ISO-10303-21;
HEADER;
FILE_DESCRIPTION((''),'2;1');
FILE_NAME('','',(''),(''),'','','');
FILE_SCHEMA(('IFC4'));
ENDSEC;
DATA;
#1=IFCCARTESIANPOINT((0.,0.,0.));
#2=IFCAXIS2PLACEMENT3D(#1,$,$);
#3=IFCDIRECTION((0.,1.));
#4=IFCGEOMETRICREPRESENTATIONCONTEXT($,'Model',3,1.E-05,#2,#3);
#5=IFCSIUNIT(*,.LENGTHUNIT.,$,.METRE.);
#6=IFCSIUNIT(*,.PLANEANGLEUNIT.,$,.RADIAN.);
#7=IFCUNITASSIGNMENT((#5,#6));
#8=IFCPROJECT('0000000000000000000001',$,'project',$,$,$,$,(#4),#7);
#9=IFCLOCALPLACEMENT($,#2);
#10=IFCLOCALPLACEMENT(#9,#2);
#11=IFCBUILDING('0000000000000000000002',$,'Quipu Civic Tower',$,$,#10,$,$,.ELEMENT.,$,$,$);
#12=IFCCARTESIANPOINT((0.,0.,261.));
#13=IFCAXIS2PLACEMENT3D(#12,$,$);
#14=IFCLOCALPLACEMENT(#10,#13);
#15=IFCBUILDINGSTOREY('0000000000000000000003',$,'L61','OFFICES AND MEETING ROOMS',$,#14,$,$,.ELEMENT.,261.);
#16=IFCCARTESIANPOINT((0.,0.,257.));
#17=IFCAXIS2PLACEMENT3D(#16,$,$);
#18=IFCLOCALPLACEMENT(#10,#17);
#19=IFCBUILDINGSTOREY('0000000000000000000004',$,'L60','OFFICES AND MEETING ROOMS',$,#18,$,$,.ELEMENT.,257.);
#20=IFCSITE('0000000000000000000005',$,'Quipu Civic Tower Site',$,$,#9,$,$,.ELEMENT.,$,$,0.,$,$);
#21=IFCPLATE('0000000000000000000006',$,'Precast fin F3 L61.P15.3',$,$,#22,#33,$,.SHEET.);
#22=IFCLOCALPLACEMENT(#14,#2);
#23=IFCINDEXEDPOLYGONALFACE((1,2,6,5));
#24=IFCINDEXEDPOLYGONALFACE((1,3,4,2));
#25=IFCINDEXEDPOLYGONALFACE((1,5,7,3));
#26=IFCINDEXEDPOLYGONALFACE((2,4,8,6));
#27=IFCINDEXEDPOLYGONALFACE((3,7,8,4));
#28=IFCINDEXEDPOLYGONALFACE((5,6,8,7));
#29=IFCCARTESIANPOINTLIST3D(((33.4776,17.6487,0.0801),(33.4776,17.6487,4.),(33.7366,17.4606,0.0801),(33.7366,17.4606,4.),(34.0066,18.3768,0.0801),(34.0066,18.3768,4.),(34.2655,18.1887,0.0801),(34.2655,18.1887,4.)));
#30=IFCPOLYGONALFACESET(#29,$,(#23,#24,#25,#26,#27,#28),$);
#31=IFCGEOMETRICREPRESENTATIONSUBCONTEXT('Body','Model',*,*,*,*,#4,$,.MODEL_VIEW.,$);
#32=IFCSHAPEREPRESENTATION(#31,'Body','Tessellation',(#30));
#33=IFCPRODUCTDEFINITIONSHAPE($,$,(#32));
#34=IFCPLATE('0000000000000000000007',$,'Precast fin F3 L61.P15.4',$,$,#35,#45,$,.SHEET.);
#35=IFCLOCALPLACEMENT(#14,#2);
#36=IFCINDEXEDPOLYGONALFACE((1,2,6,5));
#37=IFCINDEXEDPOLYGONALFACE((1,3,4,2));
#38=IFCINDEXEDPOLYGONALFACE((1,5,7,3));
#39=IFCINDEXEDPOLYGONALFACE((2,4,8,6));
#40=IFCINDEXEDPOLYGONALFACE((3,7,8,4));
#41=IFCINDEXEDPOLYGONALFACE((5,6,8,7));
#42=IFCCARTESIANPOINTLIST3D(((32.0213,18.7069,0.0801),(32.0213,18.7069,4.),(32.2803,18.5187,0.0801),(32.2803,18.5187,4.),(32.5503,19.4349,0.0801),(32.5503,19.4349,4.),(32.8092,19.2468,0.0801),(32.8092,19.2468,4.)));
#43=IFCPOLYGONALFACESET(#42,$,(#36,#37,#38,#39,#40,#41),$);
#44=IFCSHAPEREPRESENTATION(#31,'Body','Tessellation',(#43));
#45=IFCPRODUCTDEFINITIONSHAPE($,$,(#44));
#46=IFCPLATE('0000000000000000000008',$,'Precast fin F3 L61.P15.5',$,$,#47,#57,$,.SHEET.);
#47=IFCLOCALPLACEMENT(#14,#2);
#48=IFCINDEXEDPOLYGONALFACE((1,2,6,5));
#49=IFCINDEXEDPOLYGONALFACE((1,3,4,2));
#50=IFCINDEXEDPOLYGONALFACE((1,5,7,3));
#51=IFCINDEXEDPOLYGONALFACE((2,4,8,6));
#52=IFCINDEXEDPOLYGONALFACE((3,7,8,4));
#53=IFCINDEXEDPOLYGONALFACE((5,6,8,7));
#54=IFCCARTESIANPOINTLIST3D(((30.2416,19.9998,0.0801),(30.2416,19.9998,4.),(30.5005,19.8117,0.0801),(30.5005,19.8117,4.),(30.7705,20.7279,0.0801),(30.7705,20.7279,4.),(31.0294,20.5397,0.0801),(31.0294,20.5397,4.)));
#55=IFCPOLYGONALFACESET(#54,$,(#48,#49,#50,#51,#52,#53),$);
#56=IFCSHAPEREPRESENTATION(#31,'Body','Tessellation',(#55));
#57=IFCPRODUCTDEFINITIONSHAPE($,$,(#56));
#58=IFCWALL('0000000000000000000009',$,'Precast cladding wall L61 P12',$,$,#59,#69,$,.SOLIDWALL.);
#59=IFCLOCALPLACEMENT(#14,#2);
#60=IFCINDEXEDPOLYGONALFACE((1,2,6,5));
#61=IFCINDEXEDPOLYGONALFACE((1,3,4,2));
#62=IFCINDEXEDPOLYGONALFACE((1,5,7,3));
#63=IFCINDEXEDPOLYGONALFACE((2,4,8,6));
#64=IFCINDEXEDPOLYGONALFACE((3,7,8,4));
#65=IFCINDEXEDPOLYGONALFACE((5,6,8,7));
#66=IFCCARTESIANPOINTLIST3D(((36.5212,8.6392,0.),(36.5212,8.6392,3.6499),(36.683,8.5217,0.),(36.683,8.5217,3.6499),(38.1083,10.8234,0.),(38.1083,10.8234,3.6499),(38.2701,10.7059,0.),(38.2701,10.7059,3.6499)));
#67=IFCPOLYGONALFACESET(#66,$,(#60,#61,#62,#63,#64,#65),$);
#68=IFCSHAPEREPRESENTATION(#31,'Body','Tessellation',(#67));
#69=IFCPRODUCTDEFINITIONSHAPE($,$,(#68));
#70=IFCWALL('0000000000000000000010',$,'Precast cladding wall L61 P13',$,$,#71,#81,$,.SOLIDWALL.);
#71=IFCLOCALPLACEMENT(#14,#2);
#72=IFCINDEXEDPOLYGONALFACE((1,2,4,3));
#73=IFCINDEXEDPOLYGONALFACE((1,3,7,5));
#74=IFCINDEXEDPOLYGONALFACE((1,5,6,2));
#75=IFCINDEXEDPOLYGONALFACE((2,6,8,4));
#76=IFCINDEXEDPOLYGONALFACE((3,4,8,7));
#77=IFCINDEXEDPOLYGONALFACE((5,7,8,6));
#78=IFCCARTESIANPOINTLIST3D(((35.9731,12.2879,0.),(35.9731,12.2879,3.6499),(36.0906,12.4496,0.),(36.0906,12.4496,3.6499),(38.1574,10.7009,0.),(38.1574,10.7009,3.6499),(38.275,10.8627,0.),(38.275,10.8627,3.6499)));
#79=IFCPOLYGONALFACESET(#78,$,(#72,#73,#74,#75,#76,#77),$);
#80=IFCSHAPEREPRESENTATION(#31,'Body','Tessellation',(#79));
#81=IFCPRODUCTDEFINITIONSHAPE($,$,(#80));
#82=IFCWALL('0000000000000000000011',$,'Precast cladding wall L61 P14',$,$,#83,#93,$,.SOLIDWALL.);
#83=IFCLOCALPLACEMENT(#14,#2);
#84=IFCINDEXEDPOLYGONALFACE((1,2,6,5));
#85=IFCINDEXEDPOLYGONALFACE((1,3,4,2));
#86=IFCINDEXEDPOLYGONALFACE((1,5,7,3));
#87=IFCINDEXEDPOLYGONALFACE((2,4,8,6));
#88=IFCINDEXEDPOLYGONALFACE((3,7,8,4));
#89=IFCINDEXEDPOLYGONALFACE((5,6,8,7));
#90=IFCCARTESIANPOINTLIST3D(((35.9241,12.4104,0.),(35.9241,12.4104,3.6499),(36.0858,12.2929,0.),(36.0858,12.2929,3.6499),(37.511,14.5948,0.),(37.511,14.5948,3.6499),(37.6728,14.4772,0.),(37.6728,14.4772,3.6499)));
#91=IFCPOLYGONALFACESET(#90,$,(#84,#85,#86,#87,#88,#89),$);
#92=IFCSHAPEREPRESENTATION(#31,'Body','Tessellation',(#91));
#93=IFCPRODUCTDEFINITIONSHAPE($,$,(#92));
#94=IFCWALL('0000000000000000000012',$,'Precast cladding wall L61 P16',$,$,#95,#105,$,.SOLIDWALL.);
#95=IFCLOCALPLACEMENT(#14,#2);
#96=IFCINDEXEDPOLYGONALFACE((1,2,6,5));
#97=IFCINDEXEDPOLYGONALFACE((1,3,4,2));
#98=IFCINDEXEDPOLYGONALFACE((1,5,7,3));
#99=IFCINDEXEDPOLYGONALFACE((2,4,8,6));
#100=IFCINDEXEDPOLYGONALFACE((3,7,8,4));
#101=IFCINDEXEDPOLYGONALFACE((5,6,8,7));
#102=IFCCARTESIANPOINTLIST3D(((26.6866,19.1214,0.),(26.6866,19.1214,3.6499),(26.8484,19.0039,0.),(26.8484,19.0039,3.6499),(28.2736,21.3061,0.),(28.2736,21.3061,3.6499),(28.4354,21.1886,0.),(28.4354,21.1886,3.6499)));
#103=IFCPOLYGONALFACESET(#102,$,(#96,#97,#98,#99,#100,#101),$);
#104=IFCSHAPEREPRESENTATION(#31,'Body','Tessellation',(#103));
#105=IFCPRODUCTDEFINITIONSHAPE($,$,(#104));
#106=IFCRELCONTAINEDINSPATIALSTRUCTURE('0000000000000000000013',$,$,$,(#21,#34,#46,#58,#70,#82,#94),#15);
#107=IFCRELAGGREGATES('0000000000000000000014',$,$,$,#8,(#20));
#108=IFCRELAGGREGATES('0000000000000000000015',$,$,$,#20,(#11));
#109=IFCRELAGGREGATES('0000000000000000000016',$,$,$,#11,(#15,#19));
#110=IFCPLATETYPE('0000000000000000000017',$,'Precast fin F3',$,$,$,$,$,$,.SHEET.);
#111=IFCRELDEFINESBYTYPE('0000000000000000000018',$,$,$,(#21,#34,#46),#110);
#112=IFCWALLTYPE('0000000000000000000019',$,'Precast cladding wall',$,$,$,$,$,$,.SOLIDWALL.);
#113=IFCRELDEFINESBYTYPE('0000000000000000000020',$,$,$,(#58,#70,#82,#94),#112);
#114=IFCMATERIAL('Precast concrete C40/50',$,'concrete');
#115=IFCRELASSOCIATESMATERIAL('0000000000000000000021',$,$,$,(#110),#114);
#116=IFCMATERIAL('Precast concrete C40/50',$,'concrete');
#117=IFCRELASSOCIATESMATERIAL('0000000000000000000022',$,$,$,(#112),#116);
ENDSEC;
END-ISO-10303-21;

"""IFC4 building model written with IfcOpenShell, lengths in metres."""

from ifc_helpers import new_model, si_unit, direction, frame, frame_2d, origin, origin_2d, place, context, subcontext, project, spatial, rectangle, extrude, material, type_object, element, save


model = new_model("IFC4")

# Units and contexts
model_context = context("Model", 3, precision=1e-05, world=origin(), true_north=direction((0.0, 1.0)))
body_context = subcontext(model_context, "Body", "Model", "MODEL_VIEW")
ifc_project = project(units=[si_unit("LENGTHUNIT", "METRE"), si_unit("PLANEANGLEUNIT", "RADIAN")], contexts=[model_context])

# Site, building, storey
site_placement = place(None, origin())
site = spatial("IfcSite", under=ifc_project, at=site_placement, Name="Quipu Civic Tower Site", CompositionType="ELEMENT", RefElevation=0.0)
building_placement = place(site_placement, origin())
building = spatial("IfcBuilding", under=site, at=building_placement, Name="Quipu Civic Tower", CompositionType="ELEMENT")
storey_1_placement = place(building_placement, frame((0.0, 0.0, 261.0)))
storey_1 = spatial("IfcBuildingStorey", under=building, at=storey_1_placement, Name="L61", Description="OFFICES AND MEETING ROOMS", CompositionType="ELEMENT", Elevation=261.0)

# Shared definitions
storey_2_placement = place(building_placement, frame((0.0, 0.0, 257.0)))
storey_2 = spatial("IfcBuildingStorey", under=building, at=storey_2_placement, Name="L60", Description="OFFICES AND MEETING ROOMS", CompositionType="ELEMENT", Elevation=257.0)

# Plates
ifc_material_1 = material(Name="Precast concrete C40/50", Category="concrete")
plate_type_1 = type_object("IfcPlateType", Name="Precast fin F3", PredefinedType="SHEET", material=ifc_material_1)
for number, where, z_axis, x_axis, name in (
    (1, (33.8716, 17.9187, 0.0801), (0.0, 0.0, 1.0), (-0.809017, 0.587785, 0.0), "Precast fin F3 L61.P15.3"),
    (2, (32.4153, 18.9768, 0.0801), (0.0, 0.0, 1.0), (-0.809017, 0.587785, 0.0), "Precast fin F3 L61.P15.4"),
    (3, (30.6355, 20.2698, 0.0801), (0.0, 0.0, 1.0), (-0.809017, 0.587785, 0.0), "Precast fin F3 L61.P15.5"),
):
    element("IfcPlate", number, at=place(storey_1_placement, frame(where, z_axis=z_axis, x_axis=x_axis)), inside=storey_1, type_object=plate_type_1, Name=name, PredefinedType="SHEET", context=body_context, shape_type="SweptSolid", body=[
        extrude(rectangle(XDim=0.3201, YDim=0.8999, at=origin_2d()), origin(), (0.0, 0.0, 1.0), 3.9199),
    ])

# Walls
ifc_material_2 = material(Name="Precast concrete C40/50", Category="concrete")
wall_type = type_object("IfcWallType", Name="Precast cladding wall", PredefinedType="SOLIDWALL", material=ifc_material_2)
for number, where, z_axis, x_axis, name in (
    (4, (36.6021, 8.5803, 0.0), (0.0, 0.0, 1.0), (0.587822, 0.80899, 0.0), "Precast cladding wall L61 P12"),
    (5, (38.2163, 10.7817, 0.0), (0.0, 0.0, 1.0), (-0.809033, 0.587763, 0.0), "Precast cladding wall L61 P13"),
    (6, (36.0049, 12.3516, 0.0), (0.0, 0.0, 1.0), (0.587763, 0.809033, 0.0), "Precast cladding wall L61 P14"),
):
    element("IfcWall", number, at=place(storey_1_placement, frame(where, z_axis=z_axis, x_axis=x_axis)), inside=storey_1, type_object=wall_type, Name=name, PredefinedType="SOLIDWALL", context=body_context, shape_type="SweptSolid", body=[
        extrude(rectangle(XDim=2.7, YDim=0.2, at=frame_2d((1.3501, 0.0))), origin(), (0.0, 0.0, 1.0), 3.6499),
    ])
wall_placement = place(storey_1_placement, frame((28.3545, 21.2473, 0.0), z_axis=(0.0, 0.0, 1.0), x_axis=(-0.58772, -0.809064, 0.0)))
element("IfcWall", 7, at=wall_placement, inside=storey_1, type_object=wall_type, Name="Precast cladding wall L61 P16", PredefinedType="SOLIDWALL", context=body_context, shape_type="SweptSolid", body=[
    extrude(rectangle(XDim=2.7002, YDim=0.2, at=frame_2d((1.3501, 0.0))), origin(), (0.0, 0.0, 1.0), 3.6499),
])

save(model, "model.ifc")
